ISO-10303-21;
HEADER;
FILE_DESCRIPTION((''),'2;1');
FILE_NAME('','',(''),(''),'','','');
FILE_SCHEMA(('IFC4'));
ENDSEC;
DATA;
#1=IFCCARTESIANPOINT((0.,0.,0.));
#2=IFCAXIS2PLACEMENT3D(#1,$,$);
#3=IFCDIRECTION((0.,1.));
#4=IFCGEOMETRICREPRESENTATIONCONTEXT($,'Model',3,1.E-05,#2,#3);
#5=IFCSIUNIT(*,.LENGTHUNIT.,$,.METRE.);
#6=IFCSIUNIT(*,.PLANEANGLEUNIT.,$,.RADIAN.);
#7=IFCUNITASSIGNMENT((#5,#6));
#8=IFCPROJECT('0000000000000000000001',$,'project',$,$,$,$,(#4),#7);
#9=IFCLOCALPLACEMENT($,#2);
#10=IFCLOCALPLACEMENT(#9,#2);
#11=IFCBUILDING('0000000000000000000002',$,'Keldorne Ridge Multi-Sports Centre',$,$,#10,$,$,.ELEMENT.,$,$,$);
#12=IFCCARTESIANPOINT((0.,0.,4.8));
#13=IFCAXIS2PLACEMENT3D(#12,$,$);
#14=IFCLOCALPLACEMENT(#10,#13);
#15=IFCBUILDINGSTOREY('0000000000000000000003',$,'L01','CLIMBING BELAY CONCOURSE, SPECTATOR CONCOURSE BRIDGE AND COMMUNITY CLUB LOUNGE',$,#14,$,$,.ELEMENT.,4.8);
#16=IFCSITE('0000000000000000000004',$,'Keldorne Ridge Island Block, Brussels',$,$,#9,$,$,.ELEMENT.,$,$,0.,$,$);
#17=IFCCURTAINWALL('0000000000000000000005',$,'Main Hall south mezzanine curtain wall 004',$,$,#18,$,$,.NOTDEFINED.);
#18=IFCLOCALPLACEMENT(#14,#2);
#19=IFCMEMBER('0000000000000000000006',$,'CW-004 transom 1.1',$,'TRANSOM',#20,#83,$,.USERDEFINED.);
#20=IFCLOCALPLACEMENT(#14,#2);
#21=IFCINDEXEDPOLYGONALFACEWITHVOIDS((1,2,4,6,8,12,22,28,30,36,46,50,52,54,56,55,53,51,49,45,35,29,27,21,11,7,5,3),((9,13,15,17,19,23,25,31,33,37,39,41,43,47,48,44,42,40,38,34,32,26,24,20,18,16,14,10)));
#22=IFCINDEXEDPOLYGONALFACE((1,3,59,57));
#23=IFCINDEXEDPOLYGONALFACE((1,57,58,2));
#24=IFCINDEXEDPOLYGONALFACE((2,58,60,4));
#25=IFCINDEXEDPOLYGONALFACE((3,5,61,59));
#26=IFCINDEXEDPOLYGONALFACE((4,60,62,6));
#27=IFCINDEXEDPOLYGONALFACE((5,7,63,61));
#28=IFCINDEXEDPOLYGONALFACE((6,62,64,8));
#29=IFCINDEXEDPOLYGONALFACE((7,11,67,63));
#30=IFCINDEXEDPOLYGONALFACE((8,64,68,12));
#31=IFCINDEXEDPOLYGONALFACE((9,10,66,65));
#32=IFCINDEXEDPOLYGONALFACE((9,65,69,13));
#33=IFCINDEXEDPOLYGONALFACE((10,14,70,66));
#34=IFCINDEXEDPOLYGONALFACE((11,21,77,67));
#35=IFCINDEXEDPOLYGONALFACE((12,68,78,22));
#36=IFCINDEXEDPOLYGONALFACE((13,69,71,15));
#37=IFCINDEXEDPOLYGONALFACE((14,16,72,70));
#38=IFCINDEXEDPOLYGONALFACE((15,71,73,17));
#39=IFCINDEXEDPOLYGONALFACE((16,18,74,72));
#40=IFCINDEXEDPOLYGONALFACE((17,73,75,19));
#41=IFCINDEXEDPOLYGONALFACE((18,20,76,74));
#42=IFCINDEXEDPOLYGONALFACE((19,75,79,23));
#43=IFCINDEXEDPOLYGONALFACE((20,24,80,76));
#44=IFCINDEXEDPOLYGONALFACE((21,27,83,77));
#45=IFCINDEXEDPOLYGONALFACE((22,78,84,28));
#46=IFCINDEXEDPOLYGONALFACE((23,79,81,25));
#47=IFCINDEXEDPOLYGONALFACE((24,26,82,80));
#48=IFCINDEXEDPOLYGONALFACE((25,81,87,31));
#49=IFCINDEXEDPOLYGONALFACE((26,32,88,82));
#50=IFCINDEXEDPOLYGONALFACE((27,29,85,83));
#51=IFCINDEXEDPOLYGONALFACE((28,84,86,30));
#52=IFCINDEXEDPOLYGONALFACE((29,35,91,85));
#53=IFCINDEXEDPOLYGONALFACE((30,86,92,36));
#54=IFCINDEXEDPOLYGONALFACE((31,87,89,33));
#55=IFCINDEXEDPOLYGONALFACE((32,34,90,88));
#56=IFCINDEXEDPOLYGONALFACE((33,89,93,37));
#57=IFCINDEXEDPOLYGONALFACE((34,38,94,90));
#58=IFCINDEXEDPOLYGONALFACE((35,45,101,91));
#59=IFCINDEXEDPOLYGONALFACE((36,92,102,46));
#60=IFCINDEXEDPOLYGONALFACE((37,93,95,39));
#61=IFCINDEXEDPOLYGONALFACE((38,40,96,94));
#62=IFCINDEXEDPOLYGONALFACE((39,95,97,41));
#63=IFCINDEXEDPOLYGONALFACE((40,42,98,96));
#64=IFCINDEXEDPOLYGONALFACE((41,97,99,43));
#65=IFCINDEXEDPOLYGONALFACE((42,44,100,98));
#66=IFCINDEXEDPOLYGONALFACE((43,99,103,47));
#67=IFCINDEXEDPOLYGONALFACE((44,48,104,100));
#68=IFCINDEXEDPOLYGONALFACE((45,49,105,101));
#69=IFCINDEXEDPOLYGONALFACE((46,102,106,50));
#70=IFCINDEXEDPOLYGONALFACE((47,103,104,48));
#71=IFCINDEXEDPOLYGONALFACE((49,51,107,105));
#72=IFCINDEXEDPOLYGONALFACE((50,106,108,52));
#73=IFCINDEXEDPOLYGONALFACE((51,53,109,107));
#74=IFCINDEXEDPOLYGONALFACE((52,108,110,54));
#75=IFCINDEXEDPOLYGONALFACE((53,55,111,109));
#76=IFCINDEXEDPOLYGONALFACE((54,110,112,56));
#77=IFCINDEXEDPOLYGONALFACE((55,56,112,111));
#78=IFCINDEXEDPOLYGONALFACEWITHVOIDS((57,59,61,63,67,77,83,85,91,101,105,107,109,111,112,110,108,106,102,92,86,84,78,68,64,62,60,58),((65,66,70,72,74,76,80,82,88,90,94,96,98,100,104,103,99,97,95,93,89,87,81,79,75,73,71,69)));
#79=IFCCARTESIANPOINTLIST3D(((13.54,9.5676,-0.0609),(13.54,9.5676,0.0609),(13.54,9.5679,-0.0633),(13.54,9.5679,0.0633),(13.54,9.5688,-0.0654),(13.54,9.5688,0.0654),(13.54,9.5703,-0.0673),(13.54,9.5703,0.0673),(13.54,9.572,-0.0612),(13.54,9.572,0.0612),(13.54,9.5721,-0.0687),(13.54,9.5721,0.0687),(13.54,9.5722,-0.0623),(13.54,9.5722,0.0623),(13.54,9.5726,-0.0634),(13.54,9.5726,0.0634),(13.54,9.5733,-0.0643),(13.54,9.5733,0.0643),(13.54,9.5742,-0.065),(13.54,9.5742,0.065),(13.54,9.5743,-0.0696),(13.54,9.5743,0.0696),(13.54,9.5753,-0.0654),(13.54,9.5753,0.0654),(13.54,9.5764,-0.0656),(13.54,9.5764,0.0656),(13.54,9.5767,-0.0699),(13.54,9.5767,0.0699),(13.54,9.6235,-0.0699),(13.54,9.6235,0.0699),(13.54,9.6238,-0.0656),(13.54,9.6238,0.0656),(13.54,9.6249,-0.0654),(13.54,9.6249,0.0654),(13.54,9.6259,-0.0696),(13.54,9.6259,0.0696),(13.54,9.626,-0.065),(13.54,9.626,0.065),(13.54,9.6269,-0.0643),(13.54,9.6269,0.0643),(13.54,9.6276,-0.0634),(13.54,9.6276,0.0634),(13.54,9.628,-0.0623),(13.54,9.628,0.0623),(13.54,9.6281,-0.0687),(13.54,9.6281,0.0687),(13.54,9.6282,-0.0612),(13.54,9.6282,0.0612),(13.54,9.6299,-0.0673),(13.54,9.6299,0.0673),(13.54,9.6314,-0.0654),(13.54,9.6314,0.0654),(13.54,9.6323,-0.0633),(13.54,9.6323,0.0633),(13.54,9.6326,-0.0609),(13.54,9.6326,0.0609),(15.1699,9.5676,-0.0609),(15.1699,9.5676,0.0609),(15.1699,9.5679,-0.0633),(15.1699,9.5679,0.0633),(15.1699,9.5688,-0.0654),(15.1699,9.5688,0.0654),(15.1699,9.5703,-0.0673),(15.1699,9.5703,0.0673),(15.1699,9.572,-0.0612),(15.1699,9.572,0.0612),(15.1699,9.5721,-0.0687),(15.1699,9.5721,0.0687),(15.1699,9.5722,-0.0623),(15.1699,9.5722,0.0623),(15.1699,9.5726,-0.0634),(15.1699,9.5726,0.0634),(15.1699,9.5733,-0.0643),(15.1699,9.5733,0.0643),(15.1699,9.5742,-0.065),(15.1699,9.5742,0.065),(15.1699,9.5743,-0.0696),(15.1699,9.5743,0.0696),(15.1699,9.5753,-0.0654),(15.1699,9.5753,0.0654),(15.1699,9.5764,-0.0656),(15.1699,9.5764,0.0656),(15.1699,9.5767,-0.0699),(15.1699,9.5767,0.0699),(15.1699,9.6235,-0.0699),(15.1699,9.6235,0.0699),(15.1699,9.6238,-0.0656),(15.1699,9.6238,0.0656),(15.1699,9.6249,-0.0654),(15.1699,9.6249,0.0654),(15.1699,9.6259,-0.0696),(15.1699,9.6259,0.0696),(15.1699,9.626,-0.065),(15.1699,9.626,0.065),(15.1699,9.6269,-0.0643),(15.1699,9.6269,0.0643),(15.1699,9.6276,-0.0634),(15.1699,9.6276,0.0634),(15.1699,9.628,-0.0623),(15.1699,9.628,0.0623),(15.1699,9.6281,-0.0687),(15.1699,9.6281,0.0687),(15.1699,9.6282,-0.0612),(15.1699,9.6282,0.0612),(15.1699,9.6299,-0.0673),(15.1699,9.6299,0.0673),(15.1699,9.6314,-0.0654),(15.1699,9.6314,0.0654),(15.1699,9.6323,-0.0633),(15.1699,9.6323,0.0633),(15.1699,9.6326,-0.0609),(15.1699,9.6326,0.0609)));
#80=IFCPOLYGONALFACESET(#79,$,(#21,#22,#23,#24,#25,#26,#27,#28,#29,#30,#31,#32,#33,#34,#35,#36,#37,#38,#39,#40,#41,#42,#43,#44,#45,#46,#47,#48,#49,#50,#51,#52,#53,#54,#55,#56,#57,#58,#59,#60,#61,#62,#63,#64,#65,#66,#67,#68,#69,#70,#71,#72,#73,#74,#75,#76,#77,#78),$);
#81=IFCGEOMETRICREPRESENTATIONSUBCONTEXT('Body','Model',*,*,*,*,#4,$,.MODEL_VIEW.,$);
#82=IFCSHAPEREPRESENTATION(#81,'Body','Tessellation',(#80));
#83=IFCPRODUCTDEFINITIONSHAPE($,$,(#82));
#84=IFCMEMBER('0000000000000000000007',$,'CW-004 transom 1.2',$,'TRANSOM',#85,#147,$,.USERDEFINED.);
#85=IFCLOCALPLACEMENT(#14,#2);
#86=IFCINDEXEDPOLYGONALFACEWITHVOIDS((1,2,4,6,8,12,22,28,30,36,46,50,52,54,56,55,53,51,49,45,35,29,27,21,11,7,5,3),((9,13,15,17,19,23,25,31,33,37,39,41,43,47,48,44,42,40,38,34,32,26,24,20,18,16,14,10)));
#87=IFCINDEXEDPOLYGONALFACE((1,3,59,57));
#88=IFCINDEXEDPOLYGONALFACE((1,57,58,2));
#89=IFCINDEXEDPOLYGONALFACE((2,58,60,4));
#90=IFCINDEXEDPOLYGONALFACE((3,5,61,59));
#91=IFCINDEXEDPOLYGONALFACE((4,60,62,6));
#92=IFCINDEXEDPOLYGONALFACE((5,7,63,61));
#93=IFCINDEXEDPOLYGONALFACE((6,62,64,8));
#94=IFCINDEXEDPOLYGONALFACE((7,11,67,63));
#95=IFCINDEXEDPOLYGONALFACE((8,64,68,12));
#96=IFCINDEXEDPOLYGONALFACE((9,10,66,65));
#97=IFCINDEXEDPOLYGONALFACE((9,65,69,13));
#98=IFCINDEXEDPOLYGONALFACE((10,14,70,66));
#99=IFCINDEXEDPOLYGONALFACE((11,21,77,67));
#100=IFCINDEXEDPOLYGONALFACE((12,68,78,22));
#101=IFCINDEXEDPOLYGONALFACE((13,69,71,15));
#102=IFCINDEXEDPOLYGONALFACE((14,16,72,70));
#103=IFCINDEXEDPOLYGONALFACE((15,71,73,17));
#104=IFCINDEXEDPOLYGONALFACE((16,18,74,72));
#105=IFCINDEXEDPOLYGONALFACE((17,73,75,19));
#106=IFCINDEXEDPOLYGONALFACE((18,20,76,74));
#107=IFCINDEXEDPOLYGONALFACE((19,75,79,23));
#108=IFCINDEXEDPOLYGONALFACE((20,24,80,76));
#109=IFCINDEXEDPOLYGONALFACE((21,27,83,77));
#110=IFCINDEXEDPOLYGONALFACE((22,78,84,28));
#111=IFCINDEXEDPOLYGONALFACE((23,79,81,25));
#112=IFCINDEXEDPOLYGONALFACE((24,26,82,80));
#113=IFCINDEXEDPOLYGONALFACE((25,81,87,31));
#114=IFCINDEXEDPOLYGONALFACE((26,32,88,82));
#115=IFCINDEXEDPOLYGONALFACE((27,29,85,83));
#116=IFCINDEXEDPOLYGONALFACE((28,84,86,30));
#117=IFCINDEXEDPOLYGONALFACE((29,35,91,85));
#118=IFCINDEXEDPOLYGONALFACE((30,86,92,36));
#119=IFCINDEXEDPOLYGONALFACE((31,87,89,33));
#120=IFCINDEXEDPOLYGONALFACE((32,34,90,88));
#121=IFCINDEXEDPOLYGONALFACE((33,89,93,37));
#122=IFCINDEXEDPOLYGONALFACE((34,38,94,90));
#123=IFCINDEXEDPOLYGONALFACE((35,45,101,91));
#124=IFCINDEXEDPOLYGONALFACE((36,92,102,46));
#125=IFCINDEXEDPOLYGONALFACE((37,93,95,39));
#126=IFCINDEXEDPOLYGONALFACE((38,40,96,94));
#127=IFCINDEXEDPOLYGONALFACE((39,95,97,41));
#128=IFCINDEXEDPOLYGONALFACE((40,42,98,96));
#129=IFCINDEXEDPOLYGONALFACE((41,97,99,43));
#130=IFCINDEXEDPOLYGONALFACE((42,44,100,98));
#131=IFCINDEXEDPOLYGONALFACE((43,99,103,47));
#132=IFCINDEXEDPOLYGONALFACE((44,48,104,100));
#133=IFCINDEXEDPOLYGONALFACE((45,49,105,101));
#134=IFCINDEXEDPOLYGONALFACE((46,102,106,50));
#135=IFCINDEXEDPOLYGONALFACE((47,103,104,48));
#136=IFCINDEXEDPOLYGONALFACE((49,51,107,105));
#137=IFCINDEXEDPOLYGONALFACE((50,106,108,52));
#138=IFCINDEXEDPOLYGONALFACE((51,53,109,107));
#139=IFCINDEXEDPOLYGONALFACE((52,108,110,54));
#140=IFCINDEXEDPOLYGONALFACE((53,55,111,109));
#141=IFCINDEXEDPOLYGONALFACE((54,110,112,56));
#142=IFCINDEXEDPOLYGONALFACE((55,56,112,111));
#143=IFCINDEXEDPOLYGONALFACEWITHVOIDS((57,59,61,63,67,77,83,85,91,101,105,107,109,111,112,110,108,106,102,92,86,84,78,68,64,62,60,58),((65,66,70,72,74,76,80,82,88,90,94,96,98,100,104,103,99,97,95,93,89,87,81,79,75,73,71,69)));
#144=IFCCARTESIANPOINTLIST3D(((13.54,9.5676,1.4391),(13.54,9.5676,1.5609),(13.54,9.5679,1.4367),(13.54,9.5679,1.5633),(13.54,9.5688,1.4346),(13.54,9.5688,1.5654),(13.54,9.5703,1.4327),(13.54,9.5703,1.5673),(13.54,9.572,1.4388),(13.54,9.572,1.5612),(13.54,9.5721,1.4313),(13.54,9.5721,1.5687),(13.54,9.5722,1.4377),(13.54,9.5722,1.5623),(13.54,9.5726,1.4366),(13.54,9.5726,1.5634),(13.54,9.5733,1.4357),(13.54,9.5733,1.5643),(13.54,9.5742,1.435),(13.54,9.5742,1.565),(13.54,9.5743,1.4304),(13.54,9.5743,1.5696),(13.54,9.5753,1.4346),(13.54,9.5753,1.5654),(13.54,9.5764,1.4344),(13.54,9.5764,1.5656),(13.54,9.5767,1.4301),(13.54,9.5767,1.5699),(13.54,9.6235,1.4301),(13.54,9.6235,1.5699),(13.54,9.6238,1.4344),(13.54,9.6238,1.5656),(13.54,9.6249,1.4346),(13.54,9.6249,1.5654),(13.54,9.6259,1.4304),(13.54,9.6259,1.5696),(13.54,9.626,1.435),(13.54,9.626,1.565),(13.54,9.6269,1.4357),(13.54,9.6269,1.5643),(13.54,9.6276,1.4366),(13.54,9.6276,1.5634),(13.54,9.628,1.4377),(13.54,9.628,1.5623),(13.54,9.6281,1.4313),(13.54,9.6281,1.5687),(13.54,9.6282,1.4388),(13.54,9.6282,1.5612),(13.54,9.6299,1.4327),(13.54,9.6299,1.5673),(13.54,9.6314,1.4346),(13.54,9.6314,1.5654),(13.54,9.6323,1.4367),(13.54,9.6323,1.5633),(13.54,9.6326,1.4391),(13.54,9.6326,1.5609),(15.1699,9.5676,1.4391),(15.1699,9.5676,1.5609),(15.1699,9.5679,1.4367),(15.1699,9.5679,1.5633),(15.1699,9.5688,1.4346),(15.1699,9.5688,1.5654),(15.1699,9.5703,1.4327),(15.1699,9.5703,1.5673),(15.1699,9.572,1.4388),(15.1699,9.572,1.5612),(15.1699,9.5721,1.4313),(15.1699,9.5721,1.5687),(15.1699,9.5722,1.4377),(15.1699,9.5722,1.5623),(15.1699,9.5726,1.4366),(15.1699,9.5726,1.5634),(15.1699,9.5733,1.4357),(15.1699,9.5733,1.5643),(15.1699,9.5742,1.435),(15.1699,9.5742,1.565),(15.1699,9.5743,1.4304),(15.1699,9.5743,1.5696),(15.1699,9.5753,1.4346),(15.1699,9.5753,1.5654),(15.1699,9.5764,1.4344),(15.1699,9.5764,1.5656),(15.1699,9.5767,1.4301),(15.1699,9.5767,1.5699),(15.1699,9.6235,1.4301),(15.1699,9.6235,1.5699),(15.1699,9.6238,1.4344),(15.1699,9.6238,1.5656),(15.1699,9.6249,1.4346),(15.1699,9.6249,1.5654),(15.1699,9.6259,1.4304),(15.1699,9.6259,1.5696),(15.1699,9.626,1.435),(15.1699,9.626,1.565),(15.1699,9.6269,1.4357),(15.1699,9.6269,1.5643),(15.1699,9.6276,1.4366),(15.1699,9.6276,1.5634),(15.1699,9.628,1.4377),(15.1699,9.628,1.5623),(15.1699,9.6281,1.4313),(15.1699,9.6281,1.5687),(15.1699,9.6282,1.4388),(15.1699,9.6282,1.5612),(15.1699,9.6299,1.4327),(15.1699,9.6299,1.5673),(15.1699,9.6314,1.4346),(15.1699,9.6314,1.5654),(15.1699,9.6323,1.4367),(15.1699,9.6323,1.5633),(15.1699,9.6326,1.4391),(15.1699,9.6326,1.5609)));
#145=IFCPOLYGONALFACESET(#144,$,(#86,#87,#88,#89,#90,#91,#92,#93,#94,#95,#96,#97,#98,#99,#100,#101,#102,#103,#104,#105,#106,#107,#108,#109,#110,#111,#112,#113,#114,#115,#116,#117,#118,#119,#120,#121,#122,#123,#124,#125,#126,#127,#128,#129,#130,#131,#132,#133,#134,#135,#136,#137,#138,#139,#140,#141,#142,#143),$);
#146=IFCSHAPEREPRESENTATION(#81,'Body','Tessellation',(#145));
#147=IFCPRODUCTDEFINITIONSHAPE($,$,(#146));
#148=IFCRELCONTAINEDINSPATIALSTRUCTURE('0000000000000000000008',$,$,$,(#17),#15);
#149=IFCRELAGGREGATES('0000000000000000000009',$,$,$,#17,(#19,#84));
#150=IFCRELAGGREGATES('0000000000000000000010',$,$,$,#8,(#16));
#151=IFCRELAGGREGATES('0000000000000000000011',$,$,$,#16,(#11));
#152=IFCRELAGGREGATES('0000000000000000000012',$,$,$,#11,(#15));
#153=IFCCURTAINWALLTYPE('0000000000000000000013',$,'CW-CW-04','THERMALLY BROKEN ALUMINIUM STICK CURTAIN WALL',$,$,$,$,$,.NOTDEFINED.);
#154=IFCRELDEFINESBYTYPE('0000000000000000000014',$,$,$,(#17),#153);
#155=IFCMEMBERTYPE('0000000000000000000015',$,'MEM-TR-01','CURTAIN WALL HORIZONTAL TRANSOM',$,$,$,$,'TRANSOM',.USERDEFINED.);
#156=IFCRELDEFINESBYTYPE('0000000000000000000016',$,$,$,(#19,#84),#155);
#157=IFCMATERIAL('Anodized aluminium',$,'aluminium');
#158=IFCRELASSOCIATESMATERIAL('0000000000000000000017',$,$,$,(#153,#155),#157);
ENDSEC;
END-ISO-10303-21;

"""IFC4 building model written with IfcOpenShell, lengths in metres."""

from ifc_helpers import new_model, si_unit, direction, frame, origin, origin_2d, place, context, subcontext, project, spatial, hollow_rectangle, extrude, material, material_profile, profile_set, type_object, element, aggregate, save


model = new_model("IFC4")

# Units and contexts
model_context = context("Model", 3, precision=1e-05, world=origin(), true_north=direction((0.0, 1.0)))
body_context = subcontext(model_context, "Body", "Model", "MODEL_VIEW")
ifc_project = project(units=[si_unit("LENGTHUNIT", "METRE"), si_unit("PLANEANGLEUNIT", "RADIAN")], contexts=[model_context])

# Site, building, storey
site_placement = place(None, origin())
site = spatial("IfcSite", under=ifc_project, at=site_placement, Name="Keldorne Ridge Island Block, Brussels", CompositionType="ELEMENT", RefElevation=0.0)
building_placement = place(site_placement, origin())
building = spatial("IfcBuilding", under=site, at=building_placement, Name="Keldorne Ridge Multi-Sports Centre", CompositionType="ELEMENT")
storey_placement = place(building_placement, frame((0.0, 0.0, 4.8)))
storey = spatial("IfcBuildingStorey", under=building, at=storey_placement, Name="L01", Description="CLIMBING BELAY CONCOURSE, SPECTATOR CONCOURSE BRIDGE AND COMMUNITY CLUB LOUNGE", CompositionType="ELEMENT", Elevation=4.8)

# Curtain wall
ifc_material_1 = material(Name="Anodized aluminium", Category="aluminium")
curtain_wall_type_1 = type_object("IfcCurtainWallType", Name="CW-CW-04", Description="THERMALLY BROKEN ALUMINIUM STICK CURTAIN WALL", PredefinedType="NOTDEFINED", material=ifc_material_1)
curtain_wall_1_placement = place(storey_placement, origin())
curtain_wall_1 = element("IfcCurtainWall", 1, at=curtain_wall_1_placement, inside=storey, type_object=curtain_wall_type_1, Name="Main Hall south mezzanine curtain wall 004", PredefinedType="NOTDEFINED")

# Members
ifc_material_profile_1 = material_profile(ifc_material_1, hollow_rectangle(XDim=0.0649, YDim=0.1399, WallThickness=0.0044, InnerFilletRadius=0.0044, OuterFilletRadius=0.009, at=origin_2d()), Name="ALU TRANSOM 140x65x4.5")
ifc_profile_set_1 = profile_set([ifc_material_profile_1], Name="Anodized aluminium")
member_type_1 = type_object("IfcMemberType", Name="MEM-TR-01", Description="CURTAIN WALL HORIZONTAL TRANSOM", ElementType="TRANSOM", PredefinedType="USERDEFINED", material=ifc_profile_set_1)
member_1_placement = place(storey_placement, frame((13.54, 9.6001, 0.0), z_axis=(1.0, 0.0, 0.0), x_axis=(0.0, 1.0, 0.0)))
member_1 = element("IfcMember", 2, at=member_1_placement, type_object=member_type_1, Name="CW-004 transom 1.1", ObjectType="TRANSOM", PredefinedType="USERDEFINED", context=body_context, shape_type="SweptSolid", body=[
    extrude(hollow_rectangle(XDim=0.0649, YDim=0.1399, WallThickness=0.0044, InnerFilletRadius=0.0044, OuterFilletRadius=0.009, at=origin_2d()), origin(), (0.0, 0.0, 1.0), 1.6299),
])
member_2_placement = place(storey_placement, frame((13.54, 9.6001, 1.5), z_axis=(1.0, 0.0, 0.0), x_axis=(0.0, 1.0, 0.0)))
member_2 = element("IfcMember", 3, at=member_2_placement, type_object=member_type_1, Name="CW-004 transom 1.2", ObjectType="TRANSOM", PredefinedType="USERDEFINED", context=body_context, shape_type="SweptSolid", body=[
    extrude(hollow_rectangle(XDim=0.0649, YDim=0.1399, WallThickness=0.0044, InnerFilletRadius=0.0044, OuterFilletRadius=0.009, at=origin_2d()), origin(), (0.0, 0.0, 1.0), 1.6299),
])

aggregate(curtain_wall_1, [member_1, member_2])

save(model, "model.ifc")
